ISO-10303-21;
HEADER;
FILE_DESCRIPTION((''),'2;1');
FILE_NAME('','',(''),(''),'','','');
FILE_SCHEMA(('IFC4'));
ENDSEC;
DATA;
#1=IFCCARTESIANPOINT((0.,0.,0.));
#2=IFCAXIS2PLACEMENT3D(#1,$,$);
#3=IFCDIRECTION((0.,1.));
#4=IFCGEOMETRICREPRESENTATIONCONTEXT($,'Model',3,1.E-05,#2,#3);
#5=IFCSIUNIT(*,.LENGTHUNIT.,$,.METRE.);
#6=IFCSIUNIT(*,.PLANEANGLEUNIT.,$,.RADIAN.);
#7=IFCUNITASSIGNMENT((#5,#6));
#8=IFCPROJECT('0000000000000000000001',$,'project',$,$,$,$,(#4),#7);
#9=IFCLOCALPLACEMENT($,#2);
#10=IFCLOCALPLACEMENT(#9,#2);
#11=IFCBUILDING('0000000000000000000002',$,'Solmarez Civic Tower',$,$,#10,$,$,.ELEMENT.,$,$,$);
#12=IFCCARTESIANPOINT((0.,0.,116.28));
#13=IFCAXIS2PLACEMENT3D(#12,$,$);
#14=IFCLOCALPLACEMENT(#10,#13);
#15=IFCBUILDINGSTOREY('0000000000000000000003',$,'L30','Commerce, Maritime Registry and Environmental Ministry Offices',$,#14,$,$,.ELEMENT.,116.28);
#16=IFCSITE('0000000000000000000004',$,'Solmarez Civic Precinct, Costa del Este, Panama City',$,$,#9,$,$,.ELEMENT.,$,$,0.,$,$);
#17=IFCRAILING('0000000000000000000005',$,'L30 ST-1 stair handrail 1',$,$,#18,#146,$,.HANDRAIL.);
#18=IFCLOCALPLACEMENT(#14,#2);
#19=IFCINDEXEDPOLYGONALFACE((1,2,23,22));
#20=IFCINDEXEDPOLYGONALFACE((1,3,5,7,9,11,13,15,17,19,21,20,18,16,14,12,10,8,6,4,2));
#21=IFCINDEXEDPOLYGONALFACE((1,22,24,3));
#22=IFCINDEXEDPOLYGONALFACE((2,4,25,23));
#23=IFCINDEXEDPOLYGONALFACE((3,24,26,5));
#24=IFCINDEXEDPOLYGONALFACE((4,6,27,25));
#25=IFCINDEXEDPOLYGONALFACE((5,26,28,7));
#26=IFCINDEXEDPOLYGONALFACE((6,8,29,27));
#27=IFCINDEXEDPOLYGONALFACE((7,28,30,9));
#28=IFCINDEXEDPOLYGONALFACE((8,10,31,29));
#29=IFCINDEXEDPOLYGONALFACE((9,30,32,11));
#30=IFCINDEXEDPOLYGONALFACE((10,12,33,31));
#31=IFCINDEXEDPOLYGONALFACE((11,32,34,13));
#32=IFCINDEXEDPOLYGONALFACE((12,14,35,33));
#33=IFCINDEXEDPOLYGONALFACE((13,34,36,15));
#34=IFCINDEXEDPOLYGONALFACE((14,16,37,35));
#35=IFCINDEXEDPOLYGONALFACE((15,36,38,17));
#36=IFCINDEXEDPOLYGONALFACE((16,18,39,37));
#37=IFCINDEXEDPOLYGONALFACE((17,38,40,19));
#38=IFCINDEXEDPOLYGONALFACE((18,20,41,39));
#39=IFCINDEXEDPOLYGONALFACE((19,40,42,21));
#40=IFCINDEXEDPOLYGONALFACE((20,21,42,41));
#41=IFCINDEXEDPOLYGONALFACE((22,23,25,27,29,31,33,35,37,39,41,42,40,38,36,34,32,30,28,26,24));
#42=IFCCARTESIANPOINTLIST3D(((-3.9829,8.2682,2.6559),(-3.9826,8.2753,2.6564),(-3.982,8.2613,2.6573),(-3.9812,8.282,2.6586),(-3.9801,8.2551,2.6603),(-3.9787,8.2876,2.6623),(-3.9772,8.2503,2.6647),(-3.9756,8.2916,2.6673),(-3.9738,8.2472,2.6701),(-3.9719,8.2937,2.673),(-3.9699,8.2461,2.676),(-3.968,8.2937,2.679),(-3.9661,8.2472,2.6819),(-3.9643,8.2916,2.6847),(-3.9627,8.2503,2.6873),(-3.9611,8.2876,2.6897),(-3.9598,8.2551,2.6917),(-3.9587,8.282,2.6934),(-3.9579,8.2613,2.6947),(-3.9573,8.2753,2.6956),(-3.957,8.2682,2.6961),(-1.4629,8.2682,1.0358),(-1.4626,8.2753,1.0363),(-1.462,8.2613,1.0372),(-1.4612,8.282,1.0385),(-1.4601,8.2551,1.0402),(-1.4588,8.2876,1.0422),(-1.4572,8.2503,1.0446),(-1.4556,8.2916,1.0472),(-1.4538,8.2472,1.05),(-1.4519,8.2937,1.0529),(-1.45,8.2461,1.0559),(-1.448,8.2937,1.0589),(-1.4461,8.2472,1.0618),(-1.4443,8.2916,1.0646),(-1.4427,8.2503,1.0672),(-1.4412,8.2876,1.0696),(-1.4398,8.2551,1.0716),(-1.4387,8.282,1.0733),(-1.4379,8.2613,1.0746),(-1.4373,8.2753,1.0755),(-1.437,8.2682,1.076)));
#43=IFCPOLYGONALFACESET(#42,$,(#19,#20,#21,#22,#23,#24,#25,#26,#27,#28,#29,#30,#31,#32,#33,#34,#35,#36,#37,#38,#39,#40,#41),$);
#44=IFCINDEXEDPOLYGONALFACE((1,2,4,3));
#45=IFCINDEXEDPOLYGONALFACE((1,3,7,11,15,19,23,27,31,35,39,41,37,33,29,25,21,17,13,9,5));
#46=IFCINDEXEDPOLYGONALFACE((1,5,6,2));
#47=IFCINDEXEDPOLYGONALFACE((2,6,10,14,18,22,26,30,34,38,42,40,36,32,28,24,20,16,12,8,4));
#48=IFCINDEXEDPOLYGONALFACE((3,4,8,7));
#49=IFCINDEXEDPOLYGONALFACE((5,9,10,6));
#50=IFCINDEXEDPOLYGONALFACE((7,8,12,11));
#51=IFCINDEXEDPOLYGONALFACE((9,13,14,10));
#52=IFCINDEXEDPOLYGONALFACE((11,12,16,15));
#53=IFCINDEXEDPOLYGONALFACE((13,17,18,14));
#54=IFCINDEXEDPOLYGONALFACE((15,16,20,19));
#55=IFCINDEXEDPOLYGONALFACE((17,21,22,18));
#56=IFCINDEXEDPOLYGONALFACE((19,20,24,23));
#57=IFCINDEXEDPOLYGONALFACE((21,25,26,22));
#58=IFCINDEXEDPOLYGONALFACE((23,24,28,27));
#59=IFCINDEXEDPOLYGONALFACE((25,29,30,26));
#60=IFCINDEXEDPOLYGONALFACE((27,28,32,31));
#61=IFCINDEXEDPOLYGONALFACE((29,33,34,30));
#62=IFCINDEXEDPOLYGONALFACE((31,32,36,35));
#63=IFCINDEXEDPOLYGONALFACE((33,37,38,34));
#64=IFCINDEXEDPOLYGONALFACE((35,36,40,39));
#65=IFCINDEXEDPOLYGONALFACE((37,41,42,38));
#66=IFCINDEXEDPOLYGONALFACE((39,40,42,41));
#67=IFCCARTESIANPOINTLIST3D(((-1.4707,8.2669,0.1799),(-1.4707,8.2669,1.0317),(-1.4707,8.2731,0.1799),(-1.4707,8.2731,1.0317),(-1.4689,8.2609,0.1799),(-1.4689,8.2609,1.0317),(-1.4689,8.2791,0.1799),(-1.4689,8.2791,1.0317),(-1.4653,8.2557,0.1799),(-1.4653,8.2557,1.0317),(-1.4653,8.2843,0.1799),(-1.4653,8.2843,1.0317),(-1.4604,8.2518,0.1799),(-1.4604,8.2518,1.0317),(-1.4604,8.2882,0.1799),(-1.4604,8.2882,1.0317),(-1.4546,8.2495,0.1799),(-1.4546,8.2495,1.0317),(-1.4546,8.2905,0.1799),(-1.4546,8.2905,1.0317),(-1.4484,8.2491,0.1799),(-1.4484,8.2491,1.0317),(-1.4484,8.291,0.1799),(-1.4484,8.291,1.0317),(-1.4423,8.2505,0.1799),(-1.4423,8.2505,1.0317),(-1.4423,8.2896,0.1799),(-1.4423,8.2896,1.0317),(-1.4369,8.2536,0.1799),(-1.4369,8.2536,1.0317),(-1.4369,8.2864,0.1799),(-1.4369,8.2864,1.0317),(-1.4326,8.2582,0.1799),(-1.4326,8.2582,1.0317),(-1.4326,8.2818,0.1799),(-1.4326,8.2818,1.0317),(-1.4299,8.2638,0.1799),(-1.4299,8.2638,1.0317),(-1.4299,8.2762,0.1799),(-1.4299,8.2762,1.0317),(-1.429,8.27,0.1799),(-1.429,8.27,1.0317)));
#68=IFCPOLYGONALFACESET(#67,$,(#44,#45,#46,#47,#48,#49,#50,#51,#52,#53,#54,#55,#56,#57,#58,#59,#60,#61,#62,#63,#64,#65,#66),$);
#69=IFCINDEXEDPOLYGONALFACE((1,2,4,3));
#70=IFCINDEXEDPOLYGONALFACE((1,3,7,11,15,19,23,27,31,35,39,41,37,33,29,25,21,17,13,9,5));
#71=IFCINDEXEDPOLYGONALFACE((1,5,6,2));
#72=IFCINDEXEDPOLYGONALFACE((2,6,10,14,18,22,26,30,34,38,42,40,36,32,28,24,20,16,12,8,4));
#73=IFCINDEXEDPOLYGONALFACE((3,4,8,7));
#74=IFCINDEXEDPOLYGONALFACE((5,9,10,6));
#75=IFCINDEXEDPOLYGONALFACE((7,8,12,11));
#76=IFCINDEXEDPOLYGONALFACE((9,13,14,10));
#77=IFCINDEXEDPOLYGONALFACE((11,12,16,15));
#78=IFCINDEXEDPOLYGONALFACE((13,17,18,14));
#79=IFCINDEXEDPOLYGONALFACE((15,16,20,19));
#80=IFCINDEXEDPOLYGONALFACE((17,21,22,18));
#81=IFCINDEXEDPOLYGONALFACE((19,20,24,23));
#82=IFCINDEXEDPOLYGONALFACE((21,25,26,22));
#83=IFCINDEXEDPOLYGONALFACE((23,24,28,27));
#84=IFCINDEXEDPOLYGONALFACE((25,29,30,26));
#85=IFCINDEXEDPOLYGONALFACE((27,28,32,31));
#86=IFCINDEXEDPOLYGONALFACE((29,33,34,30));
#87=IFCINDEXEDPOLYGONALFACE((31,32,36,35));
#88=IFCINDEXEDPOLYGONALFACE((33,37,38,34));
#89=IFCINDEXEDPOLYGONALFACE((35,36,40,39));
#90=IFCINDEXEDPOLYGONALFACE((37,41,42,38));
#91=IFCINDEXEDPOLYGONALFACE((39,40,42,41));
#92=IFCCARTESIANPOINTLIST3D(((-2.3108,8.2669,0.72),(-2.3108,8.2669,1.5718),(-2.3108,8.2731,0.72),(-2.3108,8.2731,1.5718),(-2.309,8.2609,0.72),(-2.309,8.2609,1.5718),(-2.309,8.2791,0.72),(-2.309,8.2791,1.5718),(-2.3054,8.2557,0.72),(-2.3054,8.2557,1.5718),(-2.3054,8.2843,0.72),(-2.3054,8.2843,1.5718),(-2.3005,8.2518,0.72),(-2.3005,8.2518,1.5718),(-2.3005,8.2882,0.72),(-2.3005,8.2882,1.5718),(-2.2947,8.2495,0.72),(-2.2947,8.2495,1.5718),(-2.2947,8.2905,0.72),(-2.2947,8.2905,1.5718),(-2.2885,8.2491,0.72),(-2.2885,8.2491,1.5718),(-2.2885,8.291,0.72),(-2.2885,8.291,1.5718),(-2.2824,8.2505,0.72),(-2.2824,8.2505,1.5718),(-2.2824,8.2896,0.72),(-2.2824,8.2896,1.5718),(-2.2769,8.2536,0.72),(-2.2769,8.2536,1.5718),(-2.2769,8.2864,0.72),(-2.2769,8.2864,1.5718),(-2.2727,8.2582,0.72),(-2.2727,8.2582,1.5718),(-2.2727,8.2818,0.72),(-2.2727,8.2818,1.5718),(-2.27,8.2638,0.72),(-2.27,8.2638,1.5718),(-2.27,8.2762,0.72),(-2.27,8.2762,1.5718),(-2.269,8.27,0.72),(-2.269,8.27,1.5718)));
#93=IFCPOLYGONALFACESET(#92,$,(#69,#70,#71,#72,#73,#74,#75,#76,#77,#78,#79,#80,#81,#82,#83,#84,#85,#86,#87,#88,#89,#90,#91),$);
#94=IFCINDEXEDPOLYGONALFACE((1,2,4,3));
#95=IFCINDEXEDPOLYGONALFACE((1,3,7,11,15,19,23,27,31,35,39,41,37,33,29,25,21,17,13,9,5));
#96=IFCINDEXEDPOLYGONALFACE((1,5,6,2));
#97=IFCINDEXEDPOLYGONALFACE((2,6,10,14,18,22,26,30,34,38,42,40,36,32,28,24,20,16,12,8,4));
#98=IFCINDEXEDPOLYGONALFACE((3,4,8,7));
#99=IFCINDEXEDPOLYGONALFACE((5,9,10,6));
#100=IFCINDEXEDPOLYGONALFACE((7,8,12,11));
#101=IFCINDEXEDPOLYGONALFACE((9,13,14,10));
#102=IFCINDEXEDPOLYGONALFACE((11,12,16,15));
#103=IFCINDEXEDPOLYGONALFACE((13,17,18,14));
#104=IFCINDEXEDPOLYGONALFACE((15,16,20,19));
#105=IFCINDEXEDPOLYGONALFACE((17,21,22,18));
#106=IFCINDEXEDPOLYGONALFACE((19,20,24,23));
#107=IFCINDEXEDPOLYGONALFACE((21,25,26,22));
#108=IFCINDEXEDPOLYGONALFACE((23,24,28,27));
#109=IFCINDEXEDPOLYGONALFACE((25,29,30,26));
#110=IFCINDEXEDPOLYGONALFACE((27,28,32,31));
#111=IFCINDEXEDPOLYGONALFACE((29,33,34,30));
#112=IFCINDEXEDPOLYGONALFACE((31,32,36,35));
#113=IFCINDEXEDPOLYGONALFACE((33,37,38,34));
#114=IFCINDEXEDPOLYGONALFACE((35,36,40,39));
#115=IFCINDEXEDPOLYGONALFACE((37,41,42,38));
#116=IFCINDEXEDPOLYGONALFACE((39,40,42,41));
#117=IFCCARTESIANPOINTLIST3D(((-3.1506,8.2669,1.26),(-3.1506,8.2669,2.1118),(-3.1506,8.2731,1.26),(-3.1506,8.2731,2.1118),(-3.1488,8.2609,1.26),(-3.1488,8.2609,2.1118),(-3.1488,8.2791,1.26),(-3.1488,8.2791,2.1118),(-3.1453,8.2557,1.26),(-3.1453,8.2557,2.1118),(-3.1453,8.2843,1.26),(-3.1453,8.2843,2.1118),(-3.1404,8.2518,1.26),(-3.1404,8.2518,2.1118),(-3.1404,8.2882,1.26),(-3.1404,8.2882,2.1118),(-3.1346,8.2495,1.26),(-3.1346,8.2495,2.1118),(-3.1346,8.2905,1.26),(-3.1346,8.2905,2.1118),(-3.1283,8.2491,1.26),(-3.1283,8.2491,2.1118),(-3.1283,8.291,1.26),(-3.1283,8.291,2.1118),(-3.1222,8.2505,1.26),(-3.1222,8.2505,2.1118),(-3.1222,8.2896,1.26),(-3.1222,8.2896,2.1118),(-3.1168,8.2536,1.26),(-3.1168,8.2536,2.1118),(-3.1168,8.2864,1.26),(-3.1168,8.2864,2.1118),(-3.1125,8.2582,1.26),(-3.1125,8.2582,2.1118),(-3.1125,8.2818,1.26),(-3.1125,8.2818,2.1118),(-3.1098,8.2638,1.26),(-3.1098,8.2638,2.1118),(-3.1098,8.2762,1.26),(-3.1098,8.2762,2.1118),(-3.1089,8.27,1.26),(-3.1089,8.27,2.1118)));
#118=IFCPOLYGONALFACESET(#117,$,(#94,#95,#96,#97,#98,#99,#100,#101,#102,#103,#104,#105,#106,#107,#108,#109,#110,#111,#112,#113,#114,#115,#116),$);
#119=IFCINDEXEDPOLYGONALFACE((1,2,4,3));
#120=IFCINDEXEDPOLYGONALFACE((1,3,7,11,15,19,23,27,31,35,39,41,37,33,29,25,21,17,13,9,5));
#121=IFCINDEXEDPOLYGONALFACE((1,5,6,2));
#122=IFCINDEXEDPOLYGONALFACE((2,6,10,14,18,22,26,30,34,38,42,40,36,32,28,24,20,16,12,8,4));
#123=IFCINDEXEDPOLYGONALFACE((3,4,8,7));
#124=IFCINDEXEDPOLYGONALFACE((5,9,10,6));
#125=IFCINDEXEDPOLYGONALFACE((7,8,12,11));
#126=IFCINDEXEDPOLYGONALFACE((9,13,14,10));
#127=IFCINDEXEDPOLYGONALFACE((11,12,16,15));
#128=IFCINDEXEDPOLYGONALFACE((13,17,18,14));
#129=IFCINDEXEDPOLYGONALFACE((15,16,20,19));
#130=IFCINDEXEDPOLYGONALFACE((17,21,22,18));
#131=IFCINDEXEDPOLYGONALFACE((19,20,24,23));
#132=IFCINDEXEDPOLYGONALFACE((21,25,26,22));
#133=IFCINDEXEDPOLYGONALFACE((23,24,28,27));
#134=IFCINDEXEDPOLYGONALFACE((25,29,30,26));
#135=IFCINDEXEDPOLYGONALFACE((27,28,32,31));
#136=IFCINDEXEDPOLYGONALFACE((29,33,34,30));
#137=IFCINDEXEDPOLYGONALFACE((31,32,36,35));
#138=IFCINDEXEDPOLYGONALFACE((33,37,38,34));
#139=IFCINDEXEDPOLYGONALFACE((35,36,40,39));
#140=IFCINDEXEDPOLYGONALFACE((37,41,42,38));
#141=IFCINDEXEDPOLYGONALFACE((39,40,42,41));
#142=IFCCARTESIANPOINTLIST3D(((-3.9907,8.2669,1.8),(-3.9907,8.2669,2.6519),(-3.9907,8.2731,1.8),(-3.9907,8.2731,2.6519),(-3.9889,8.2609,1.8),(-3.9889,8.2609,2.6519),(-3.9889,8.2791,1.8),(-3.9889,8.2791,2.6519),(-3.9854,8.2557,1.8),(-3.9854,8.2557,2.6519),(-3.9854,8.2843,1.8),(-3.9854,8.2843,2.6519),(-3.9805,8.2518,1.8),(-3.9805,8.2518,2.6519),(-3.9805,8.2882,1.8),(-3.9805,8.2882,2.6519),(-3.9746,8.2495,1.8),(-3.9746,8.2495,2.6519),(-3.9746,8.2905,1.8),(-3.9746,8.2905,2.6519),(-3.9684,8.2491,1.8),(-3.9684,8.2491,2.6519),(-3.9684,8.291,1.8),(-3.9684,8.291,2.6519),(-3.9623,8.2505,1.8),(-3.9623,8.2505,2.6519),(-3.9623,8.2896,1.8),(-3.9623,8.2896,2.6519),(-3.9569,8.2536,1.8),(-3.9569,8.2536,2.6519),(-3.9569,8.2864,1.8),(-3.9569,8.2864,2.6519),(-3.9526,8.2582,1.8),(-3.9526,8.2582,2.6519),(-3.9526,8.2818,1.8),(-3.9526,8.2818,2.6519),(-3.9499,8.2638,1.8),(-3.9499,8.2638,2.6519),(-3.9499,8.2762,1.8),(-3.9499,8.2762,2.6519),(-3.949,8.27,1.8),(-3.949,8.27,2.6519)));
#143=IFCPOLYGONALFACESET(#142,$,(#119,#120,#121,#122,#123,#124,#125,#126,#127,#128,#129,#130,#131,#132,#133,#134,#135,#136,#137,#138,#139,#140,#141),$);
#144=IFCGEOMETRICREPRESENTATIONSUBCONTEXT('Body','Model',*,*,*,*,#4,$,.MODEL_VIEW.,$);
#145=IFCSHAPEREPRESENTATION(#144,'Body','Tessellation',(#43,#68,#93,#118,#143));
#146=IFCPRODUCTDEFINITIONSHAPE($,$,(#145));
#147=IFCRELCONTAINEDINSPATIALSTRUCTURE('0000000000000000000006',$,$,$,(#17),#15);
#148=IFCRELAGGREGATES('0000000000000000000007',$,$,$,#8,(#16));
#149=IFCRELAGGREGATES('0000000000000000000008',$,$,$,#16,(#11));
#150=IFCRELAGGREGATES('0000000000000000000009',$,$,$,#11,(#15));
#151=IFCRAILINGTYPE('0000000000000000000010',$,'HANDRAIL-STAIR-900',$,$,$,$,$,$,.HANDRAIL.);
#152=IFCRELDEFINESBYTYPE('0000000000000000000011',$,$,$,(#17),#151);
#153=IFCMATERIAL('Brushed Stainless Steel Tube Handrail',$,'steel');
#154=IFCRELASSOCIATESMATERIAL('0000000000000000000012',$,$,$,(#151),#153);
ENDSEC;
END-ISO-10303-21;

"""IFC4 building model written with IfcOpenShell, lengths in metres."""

from ifc_helpers import new_model, si_unit, direction, frame, origin, origin_2d, place, context, subcontext, project, spatial, circle, extrude, material, type_object, element, save


model = new_model("IFC4")

# Units and contexts
model_context = context("Model", 3, precision=1e-05, world=origin(), true_north=direction((0.0, 1.0)))
body_context = subcontext(model_context, "Body", "Model", "MODEL_VIEW")
ifc_project = project(units=[si_unit("LENGTHUNIT", "METRE"), si_unit("PLANEANGLEUNIT", "RADIAN")], contexts=[model_context])

# Site, building, storey
site_placement = place(None, origin())
site = spatial("IfcSite", under=ifc_project, at=site_placement, Name="Solmarez Civic Precinct, Costa del Este, Panama City", CompositionType="ELEMENT", RefElevation=0.0)
building_placement = place(site_placement, origin())
building = spatial("IfcBuilding", under=site, at=building_placement, Name="Solmarez Civic Tower", CompositionType="ELEMENT")
storey_placement = place(building_placement, frame((0.0, 0.0, 116.28)))
storey = spatial("IfcBuildingStorey", under=building, at=storey_placement, Name="L30", Description="Commerce, Maritime Registry and Environmental Ministry Offices", CompositionType="ELEMENT", Elevation=116.28)

# Railing
ifc_material_1 = material(Name="Brushed Stainless Steel Tube Handrail", Category="steel")
railing_type_1 = type_object("IfcRailingType", Name="HANDRAIL-STAIR-900", PredefinedType="HANDRAIL", material=ifc_material_1)
railing_1_placement = place(storey_placement, frame((-1.45, 8.27, 0.1799)))
element("IfcRailing", 1, at=railing_1_placement, inside=storey, type_object=railing_type_1, Name="L30 ST-1 stair handrail 1", PredefinedType="HANDRAIL", context=body_context, shape_type="SweptSolid", body=[
    extrude(circle(Radius=0.0239, at=origin_2d()), frame((0.0, 0.0, 0.876), z_axis=(-0.841163, 0.0, 0.540782), x_axis=(0.0, -1.0, 0.0)), (0.0, 0.0, 1.0), 2.9958),
    extrude(circle(Radius=0.021, at=origin_2d()), origin(), (0.0, 0.0, 1.0), 0.8518),
    extrude(circle(Radius=0.021, at=origin_2d()), frame((-0.8401, 0.0, 0.54)), (0.0, 0.0, 1.0), 0.8518),
    extrude(circle(Radius=0.021, at=origin_2d()), frame((-1.6799, 0.0, 1.0801)), (0.0, 0.0, 1.0), 0.8518),
    extrude(circle(Radius=0.021, at=origin_2d()), frame((-2.52, 0.0, 1.6201)), (0.0, 0.0, 1.0), 0.8518),
])

save(model, "model.ifc")
